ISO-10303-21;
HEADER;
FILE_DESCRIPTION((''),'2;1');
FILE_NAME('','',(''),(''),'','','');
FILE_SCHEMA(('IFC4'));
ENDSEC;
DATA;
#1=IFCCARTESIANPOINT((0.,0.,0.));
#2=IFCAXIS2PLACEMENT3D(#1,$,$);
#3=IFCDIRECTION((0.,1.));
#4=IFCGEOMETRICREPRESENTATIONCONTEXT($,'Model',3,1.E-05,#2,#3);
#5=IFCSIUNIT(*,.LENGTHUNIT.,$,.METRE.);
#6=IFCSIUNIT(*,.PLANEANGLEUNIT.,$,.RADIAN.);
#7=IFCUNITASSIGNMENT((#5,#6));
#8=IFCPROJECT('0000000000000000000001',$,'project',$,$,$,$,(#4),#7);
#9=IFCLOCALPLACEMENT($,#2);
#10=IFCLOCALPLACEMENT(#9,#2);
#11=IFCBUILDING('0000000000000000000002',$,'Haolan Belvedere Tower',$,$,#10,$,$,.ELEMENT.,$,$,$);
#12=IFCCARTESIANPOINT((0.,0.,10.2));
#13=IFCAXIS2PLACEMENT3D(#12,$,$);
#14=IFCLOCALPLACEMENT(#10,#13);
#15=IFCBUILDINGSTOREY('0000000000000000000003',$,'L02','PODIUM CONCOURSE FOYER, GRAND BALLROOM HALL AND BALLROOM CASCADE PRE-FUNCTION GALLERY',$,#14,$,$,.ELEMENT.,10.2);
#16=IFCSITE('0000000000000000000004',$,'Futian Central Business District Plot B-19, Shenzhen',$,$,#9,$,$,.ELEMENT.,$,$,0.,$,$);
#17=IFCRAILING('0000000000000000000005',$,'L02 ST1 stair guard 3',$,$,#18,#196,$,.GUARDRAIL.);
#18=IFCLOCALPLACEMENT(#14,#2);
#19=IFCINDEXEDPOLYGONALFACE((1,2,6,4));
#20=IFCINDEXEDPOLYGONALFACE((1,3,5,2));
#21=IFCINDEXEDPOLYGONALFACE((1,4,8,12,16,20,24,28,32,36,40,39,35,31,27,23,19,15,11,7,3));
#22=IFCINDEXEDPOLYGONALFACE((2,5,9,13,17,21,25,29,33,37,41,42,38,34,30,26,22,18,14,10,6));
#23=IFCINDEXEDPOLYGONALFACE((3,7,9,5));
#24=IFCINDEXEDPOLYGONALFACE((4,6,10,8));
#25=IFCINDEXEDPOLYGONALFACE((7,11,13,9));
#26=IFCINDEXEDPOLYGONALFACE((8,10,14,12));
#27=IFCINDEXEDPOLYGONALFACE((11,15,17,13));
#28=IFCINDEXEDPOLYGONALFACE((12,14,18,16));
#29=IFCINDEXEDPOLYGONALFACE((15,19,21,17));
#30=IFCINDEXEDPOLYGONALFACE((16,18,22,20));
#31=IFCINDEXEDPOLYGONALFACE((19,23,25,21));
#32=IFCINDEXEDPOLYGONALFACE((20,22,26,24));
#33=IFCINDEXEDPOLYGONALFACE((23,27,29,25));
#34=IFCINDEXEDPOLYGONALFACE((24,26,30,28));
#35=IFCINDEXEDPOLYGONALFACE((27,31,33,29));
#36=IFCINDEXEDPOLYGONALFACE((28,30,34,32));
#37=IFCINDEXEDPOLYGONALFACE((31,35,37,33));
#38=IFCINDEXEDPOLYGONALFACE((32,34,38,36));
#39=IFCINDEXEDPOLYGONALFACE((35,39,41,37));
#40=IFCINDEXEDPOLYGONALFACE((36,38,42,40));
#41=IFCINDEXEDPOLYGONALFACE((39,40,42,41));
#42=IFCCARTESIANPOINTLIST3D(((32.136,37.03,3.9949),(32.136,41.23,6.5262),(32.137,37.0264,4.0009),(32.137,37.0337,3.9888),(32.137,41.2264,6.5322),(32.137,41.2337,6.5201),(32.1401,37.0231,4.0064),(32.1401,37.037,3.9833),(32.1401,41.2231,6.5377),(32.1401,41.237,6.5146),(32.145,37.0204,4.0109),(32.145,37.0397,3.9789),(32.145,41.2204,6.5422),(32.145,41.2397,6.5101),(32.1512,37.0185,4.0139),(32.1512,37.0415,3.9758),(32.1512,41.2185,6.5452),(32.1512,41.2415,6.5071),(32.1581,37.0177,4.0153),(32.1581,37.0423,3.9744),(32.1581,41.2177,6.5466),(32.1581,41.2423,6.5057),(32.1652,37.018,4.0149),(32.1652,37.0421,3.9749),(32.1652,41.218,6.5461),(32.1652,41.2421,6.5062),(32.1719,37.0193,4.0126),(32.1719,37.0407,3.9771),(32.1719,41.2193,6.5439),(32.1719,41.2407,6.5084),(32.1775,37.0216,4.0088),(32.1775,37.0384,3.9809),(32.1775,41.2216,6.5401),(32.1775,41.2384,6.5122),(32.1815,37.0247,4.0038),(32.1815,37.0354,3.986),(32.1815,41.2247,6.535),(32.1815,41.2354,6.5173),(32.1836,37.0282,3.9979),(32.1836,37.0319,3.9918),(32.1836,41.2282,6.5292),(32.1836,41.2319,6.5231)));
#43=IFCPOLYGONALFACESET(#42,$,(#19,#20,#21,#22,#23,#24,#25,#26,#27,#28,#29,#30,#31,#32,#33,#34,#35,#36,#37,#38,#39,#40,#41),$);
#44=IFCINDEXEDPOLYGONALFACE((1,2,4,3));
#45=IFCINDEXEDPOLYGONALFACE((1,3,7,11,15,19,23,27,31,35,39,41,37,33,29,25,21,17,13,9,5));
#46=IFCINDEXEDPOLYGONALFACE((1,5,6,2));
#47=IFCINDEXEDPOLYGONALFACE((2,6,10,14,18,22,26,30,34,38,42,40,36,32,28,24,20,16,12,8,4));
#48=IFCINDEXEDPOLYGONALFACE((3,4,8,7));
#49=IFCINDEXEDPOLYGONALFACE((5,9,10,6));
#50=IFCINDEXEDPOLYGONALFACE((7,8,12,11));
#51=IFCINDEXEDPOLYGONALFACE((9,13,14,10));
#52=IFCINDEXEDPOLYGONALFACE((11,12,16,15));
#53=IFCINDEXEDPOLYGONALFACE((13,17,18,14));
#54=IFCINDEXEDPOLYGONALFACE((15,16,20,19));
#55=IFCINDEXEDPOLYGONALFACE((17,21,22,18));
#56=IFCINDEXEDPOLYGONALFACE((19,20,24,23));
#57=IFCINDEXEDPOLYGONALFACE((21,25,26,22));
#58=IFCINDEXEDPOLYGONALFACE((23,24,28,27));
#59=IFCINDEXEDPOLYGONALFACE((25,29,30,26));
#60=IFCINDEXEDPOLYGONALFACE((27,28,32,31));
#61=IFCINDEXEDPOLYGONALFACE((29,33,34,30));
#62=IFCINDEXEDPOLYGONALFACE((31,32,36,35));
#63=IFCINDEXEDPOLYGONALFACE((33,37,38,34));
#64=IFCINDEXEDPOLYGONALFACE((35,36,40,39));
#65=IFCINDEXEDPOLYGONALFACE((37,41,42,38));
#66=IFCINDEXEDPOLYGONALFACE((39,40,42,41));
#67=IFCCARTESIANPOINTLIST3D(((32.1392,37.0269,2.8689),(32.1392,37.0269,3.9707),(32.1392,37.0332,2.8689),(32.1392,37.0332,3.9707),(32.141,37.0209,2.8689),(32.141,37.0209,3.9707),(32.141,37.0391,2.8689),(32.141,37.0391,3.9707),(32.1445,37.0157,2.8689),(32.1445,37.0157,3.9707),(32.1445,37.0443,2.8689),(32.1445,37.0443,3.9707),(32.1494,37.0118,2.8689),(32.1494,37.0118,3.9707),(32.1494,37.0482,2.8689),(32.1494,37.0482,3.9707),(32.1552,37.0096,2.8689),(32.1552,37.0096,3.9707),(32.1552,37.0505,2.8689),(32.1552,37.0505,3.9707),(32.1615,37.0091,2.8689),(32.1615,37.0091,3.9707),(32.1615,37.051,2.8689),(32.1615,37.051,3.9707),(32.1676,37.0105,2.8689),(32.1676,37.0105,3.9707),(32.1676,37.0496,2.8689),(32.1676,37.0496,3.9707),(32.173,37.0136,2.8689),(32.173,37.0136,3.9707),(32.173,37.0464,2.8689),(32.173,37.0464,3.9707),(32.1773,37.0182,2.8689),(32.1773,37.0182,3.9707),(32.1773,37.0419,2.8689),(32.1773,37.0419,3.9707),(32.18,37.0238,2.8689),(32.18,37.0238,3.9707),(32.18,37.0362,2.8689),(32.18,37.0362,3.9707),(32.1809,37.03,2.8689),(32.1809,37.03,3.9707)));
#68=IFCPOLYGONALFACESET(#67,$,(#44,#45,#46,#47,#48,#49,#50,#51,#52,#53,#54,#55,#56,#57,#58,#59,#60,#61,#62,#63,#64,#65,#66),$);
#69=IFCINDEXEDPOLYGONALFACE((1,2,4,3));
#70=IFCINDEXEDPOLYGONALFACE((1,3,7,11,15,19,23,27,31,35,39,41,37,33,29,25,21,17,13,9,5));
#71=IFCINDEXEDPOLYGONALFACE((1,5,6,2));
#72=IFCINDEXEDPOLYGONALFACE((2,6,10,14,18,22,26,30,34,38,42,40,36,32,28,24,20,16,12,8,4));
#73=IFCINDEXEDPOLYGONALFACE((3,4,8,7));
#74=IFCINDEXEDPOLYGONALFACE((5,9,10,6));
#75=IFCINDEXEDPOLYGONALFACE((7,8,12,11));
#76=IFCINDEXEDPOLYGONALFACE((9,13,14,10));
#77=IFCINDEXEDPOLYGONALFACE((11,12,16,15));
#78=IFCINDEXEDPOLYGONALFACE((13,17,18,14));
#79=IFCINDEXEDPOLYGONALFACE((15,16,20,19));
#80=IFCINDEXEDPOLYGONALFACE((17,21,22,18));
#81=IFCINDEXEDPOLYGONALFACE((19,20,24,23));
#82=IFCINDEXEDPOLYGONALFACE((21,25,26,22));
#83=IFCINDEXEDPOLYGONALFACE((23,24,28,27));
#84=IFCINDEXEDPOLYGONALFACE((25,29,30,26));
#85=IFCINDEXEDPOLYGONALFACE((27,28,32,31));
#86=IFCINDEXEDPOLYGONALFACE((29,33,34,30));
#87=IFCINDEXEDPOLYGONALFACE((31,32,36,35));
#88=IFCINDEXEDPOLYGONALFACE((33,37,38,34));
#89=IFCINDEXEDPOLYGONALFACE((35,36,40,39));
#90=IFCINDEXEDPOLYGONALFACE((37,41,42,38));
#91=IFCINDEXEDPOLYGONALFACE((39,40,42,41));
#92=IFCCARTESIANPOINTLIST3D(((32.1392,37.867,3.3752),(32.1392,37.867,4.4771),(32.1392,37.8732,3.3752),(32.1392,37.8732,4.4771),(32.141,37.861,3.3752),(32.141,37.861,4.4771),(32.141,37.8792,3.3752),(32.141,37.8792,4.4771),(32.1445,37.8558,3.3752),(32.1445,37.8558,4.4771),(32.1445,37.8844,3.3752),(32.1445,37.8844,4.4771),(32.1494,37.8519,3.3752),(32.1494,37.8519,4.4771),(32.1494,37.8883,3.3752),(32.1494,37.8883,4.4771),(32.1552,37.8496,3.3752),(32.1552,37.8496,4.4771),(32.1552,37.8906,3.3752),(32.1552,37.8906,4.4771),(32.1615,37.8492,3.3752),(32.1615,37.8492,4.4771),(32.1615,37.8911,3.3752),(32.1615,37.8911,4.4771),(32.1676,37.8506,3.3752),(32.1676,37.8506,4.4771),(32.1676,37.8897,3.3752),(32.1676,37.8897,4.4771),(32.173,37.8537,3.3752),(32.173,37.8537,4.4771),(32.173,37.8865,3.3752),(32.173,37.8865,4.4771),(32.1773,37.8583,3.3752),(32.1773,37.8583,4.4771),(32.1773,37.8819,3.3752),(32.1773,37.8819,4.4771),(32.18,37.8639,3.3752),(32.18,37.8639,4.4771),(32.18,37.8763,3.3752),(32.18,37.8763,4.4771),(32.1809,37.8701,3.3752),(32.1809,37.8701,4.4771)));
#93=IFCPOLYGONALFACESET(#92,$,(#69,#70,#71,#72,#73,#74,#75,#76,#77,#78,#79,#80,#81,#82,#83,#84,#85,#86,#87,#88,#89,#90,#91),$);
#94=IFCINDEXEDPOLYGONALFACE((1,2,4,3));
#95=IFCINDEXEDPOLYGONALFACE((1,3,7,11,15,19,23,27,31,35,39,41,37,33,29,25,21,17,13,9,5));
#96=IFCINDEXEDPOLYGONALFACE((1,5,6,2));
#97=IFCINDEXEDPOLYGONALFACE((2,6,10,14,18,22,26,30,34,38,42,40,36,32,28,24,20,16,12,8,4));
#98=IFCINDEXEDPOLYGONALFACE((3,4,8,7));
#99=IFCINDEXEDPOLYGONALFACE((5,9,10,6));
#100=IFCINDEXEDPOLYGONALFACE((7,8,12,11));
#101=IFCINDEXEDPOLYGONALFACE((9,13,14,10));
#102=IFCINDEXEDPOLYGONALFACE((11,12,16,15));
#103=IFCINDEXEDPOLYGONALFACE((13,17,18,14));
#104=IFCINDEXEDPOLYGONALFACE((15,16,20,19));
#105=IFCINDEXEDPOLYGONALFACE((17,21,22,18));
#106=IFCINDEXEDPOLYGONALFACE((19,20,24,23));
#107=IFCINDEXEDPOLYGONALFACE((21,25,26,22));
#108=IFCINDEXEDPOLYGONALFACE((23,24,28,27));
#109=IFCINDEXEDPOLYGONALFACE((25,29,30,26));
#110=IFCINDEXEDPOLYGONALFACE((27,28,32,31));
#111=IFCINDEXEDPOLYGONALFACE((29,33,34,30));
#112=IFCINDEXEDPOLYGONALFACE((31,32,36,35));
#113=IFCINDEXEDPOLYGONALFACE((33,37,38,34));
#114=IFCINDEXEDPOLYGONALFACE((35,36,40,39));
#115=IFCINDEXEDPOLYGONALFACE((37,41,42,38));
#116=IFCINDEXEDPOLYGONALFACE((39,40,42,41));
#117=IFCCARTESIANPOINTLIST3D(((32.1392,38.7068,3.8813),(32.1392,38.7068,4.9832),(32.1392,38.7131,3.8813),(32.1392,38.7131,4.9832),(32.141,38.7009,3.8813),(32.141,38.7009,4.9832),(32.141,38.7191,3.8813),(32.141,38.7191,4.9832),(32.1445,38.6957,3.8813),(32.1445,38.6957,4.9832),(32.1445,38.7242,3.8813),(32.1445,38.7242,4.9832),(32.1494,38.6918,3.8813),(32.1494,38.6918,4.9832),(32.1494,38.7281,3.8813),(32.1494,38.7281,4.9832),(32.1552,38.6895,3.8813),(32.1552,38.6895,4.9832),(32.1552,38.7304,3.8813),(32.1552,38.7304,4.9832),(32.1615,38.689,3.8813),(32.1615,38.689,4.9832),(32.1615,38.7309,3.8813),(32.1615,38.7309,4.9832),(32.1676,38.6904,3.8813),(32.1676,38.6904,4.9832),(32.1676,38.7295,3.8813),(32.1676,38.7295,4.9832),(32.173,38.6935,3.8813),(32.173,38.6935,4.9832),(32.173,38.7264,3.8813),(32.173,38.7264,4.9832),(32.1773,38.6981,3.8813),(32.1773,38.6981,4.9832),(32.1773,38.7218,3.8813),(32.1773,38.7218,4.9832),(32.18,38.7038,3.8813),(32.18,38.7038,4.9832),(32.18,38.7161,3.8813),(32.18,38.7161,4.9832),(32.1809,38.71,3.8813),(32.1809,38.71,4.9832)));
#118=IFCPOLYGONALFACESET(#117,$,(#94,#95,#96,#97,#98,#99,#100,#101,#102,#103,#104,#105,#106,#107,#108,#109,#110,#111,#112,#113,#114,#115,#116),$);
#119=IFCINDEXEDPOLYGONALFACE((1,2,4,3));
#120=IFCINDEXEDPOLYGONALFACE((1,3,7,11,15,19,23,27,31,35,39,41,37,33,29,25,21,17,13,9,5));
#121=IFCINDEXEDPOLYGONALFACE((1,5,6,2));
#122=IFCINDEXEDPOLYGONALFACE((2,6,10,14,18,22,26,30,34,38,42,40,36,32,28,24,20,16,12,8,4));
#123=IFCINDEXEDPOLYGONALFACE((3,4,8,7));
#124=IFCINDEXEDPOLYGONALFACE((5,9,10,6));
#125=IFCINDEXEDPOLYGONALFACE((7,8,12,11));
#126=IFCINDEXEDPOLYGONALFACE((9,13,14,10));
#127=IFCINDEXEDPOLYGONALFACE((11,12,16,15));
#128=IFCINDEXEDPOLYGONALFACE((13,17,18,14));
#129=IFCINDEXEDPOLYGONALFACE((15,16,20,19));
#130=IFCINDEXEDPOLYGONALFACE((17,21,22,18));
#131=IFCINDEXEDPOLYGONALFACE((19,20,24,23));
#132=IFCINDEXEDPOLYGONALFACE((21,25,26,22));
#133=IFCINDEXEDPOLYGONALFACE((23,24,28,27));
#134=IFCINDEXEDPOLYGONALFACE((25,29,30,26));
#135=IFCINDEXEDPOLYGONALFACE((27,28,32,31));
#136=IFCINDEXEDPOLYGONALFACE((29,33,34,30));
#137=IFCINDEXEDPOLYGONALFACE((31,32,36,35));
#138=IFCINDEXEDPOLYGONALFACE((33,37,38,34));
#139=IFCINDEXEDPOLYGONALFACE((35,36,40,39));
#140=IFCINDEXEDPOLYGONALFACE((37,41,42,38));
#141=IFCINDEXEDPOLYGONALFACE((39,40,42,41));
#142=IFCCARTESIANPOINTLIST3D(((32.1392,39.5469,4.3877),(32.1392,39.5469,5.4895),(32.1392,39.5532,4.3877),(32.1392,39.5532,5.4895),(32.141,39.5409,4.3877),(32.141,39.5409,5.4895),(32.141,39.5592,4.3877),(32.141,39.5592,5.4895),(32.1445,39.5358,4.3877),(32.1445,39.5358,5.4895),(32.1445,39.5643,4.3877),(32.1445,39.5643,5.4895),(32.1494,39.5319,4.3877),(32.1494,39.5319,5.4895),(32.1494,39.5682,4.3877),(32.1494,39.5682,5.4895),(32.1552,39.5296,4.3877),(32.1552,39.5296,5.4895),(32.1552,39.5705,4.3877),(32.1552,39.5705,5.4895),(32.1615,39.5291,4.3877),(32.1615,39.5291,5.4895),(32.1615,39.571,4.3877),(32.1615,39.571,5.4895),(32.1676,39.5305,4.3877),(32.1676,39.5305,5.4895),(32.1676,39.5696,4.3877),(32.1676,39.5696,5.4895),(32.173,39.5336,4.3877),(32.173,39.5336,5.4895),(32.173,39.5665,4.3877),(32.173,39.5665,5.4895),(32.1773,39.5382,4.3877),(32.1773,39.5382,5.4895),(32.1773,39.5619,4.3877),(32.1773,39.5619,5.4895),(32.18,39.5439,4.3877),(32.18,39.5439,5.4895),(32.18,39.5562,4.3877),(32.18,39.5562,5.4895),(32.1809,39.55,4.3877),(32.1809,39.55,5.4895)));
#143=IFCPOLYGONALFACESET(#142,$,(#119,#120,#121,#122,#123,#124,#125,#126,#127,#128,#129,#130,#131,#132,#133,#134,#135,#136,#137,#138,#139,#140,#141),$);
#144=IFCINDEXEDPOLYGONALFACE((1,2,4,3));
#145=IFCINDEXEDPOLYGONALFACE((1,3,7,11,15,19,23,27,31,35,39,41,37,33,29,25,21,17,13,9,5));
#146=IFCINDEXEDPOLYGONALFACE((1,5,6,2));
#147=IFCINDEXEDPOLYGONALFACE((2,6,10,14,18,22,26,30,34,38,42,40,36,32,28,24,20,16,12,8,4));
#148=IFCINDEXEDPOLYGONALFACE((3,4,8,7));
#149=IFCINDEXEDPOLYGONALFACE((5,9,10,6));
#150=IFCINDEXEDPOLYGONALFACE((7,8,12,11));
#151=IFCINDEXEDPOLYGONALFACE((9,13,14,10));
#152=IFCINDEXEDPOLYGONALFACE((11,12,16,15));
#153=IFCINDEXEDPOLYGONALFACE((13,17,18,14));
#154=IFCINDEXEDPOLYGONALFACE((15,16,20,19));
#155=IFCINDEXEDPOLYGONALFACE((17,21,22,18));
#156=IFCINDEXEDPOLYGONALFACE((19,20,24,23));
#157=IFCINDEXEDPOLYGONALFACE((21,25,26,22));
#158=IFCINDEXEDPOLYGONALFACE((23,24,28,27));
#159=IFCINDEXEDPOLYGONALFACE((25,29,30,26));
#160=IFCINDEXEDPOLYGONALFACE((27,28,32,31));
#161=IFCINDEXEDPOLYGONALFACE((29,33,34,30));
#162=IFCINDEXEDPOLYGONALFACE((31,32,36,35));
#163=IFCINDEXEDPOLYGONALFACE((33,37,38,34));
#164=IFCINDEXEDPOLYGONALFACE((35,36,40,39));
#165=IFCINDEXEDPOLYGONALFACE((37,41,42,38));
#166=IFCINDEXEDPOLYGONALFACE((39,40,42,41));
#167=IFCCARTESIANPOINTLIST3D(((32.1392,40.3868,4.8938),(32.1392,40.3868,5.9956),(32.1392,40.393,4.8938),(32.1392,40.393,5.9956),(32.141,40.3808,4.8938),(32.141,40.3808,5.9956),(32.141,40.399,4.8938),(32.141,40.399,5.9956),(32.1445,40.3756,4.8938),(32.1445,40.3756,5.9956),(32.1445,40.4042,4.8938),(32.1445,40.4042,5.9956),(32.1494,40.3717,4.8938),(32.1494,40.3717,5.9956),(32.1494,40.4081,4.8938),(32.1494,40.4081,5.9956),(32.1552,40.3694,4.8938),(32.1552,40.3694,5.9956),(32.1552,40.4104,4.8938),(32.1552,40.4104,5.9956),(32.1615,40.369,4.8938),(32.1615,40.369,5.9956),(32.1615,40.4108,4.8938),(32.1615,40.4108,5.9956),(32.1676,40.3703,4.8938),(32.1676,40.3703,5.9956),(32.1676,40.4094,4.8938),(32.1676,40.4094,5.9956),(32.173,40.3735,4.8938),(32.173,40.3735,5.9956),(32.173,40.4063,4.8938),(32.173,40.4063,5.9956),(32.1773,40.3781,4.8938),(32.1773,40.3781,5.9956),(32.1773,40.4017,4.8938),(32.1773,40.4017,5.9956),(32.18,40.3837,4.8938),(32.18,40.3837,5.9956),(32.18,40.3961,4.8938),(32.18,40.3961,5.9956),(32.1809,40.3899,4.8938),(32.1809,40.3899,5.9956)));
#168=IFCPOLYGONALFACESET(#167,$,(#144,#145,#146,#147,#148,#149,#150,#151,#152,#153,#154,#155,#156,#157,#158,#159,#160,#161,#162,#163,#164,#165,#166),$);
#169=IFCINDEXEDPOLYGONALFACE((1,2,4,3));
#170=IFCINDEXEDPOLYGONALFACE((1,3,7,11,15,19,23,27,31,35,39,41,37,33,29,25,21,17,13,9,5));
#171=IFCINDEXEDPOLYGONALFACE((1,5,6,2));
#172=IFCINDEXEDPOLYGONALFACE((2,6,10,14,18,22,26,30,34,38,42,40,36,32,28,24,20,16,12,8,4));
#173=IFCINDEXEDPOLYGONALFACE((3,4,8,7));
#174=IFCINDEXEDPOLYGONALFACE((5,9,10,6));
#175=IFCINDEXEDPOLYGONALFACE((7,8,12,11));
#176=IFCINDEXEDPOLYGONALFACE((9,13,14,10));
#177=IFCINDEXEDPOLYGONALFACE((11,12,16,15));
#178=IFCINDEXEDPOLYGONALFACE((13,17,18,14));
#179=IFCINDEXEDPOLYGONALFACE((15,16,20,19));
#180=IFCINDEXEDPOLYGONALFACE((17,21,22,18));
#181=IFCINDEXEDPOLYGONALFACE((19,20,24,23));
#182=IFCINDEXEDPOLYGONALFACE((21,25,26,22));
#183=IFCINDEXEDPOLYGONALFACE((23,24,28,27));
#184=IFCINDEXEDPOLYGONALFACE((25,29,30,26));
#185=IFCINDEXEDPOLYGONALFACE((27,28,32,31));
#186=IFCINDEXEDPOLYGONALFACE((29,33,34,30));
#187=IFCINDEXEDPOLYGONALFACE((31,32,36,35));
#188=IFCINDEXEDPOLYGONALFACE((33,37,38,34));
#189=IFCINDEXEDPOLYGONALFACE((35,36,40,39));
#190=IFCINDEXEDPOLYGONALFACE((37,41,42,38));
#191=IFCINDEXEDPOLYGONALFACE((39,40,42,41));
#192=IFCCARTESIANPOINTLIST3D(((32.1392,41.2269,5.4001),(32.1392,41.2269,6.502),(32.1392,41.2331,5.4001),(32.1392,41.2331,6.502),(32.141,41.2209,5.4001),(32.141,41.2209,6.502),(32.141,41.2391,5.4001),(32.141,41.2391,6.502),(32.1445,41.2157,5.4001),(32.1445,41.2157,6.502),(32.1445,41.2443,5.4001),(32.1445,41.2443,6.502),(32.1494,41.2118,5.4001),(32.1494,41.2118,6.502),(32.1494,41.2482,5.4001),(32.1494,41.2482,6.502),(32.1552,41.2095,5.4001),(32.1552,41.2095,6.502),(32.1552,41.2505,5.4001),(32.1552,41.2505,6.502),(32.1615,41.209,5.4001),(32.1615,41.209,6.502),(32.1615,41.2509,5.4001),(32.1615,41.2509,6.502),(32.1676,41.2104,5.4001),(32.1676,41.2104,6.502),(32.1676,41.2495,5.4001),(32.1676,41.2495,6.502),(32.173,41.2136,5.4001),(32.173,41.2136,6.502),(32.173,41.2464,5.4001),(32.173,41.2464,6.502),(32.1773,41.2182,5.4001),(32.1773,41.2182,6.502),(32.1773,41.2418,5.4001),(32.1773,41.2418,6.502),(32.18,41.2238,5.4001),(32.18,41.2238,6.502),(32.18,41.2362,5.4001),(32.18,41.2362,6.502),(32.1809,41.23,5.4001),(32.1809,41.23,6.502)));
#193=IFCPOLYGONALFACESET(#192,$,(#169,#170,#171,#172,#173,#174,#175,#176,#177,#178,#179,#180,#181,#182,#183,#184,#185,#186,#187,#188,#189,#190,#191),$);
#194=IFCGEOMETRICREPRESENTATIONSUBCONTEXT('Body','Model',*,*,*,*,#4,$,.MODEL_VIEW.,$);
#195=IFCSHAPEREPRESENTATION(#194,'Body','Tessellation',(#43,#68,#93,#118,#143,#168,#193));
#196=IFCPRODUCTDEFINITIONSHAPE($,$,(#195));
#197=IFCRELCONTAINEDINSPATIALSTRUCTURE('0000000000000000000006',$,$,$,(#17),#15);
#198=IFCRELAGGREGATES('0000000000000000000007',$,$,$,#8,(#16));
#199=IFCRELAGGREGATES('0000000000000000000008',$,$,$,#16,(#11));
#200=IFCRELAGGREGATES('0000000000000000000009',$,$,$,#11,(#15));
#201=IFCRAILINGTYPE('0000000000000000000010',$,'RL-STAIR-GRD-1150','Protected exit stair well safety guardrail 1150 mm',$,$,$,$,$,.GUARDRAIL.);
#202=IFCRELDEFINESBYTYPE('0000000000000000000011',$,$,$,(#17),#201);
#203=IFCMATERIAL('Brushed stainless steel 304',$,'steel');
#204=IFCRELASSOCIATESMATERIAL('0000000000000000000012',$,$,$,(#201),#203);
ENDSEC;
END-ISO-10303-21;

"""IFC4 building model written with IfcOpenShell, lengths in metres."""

from ifc_helpers import new_model, si_unit, direction, frame, origin, origin_2d, place, context, subcontext, project, spatial, circle, extrude, material, type_object, element, save


model = new_model("IFC4")

# Units and contexts
model_context = context("Model", 3, precision=1e-05, world=origin(), true_north=direction((0.0, 1.0)))
body_context = subcontext(model_context, "Body", "Model", "MODEL_VIEW")
ifc_project = project(units=[si_unit("LENGTHUNIT", "METRE"), si_unit("PLANEANGLEUNIT", "RADIAN")], contexts=[model_context])

# Site, building, storey
site_placement = place(None, origin())
site = spatial("IfcSite", under=ifc_project, at=site_placement, Name="Futian Central Business District Plot B-19, Shenzhen", CompositionType="ELEMENT", RefElevation=0.0)
building_placement = place(site_placement, origin())
building = spatial("IfcBuilding", under=site, at=building_placement, Name="Haolan Belvedere Tower", CompositionType="ELEMENT")
storey_placement = place(building_placement, frame((0.0, 0.0, 10.2)))
storey = spatial("IfcBuildingStorey", under=building, at=storey_placement, Name="L02", Description="PODIUM CONCOURSE FOYER, GRAND BALLROOM HALL AND BALLROOM CASCADE PRE-FUNCTION GALLERY", CompositionType="ELEMENT", Elevation=10.2)

# Railing
ifc_material_1 = material(Name="Brushed stainless steel 304", Category="steel")
railing_type_1 = type_object("IfcRailingType", Name="RL-STAIR-GRD-1150", Description="Protected exit stair well safety guardrail 1150 mm", PredefinedType="GUARDRAIL", material=ifc_material_1)
railing_1_placement = place(storey_placement, frame((32.1599, 37.03, 2.8689)))
element("IfcRailing", 1, at=railing_1_placement, inside=storey, type_object=railing_type_1, Name="L02 ST1 stair guard 3", PredefinedType="GUARDRAIL", context=body_context, shape_type="SweptSolid", body=[
    extrude(circle(Radius=0.0239, at=origin_2d()), frame((0.0, 0.0, 1.126), z_axis=(0.0, 0.856476, 0.516186), x_axis=(-1.0, 0.0, 0.0)), (0.0, 0.0, 1.0), 4.9038),
    extrude(circle(Radius=0.021, at=origin_2d()), origin(), (0.0, 0.0, 1.0), 1.1018),
    extrude(circle(Radius=0.021, at=origin_2d()), frame((0.0, 0.8401, 0.5063)), (0.0, 0.0, 1.0), 1.1018),
    extrude(circle(Radius=0.021, at=origin_2d()), frame((0.0, 1.6799, 1.0125)), (0.0, 0.0, 1.0), 1.1018),
    extrude(circle(Radius=0.021, at=origin_2d()), frame((0.0, 2.52, 1.5188)), (0.0, 0.0, 1.0), 1.1018),
    extrude(circle(Radius=0.021, at=origin_2d()), frame((0.0, 3.3599, 2.0249)), (0.0, 0.0, 1.0), 1.1018),
    extrude(circle(Radius=0.021, at=origin_2d()), frame((0.0, 4.2, 2.5312)), (0.0, 0.0, 1.0), 1.1018),
])

save(model, "model.ifc")
